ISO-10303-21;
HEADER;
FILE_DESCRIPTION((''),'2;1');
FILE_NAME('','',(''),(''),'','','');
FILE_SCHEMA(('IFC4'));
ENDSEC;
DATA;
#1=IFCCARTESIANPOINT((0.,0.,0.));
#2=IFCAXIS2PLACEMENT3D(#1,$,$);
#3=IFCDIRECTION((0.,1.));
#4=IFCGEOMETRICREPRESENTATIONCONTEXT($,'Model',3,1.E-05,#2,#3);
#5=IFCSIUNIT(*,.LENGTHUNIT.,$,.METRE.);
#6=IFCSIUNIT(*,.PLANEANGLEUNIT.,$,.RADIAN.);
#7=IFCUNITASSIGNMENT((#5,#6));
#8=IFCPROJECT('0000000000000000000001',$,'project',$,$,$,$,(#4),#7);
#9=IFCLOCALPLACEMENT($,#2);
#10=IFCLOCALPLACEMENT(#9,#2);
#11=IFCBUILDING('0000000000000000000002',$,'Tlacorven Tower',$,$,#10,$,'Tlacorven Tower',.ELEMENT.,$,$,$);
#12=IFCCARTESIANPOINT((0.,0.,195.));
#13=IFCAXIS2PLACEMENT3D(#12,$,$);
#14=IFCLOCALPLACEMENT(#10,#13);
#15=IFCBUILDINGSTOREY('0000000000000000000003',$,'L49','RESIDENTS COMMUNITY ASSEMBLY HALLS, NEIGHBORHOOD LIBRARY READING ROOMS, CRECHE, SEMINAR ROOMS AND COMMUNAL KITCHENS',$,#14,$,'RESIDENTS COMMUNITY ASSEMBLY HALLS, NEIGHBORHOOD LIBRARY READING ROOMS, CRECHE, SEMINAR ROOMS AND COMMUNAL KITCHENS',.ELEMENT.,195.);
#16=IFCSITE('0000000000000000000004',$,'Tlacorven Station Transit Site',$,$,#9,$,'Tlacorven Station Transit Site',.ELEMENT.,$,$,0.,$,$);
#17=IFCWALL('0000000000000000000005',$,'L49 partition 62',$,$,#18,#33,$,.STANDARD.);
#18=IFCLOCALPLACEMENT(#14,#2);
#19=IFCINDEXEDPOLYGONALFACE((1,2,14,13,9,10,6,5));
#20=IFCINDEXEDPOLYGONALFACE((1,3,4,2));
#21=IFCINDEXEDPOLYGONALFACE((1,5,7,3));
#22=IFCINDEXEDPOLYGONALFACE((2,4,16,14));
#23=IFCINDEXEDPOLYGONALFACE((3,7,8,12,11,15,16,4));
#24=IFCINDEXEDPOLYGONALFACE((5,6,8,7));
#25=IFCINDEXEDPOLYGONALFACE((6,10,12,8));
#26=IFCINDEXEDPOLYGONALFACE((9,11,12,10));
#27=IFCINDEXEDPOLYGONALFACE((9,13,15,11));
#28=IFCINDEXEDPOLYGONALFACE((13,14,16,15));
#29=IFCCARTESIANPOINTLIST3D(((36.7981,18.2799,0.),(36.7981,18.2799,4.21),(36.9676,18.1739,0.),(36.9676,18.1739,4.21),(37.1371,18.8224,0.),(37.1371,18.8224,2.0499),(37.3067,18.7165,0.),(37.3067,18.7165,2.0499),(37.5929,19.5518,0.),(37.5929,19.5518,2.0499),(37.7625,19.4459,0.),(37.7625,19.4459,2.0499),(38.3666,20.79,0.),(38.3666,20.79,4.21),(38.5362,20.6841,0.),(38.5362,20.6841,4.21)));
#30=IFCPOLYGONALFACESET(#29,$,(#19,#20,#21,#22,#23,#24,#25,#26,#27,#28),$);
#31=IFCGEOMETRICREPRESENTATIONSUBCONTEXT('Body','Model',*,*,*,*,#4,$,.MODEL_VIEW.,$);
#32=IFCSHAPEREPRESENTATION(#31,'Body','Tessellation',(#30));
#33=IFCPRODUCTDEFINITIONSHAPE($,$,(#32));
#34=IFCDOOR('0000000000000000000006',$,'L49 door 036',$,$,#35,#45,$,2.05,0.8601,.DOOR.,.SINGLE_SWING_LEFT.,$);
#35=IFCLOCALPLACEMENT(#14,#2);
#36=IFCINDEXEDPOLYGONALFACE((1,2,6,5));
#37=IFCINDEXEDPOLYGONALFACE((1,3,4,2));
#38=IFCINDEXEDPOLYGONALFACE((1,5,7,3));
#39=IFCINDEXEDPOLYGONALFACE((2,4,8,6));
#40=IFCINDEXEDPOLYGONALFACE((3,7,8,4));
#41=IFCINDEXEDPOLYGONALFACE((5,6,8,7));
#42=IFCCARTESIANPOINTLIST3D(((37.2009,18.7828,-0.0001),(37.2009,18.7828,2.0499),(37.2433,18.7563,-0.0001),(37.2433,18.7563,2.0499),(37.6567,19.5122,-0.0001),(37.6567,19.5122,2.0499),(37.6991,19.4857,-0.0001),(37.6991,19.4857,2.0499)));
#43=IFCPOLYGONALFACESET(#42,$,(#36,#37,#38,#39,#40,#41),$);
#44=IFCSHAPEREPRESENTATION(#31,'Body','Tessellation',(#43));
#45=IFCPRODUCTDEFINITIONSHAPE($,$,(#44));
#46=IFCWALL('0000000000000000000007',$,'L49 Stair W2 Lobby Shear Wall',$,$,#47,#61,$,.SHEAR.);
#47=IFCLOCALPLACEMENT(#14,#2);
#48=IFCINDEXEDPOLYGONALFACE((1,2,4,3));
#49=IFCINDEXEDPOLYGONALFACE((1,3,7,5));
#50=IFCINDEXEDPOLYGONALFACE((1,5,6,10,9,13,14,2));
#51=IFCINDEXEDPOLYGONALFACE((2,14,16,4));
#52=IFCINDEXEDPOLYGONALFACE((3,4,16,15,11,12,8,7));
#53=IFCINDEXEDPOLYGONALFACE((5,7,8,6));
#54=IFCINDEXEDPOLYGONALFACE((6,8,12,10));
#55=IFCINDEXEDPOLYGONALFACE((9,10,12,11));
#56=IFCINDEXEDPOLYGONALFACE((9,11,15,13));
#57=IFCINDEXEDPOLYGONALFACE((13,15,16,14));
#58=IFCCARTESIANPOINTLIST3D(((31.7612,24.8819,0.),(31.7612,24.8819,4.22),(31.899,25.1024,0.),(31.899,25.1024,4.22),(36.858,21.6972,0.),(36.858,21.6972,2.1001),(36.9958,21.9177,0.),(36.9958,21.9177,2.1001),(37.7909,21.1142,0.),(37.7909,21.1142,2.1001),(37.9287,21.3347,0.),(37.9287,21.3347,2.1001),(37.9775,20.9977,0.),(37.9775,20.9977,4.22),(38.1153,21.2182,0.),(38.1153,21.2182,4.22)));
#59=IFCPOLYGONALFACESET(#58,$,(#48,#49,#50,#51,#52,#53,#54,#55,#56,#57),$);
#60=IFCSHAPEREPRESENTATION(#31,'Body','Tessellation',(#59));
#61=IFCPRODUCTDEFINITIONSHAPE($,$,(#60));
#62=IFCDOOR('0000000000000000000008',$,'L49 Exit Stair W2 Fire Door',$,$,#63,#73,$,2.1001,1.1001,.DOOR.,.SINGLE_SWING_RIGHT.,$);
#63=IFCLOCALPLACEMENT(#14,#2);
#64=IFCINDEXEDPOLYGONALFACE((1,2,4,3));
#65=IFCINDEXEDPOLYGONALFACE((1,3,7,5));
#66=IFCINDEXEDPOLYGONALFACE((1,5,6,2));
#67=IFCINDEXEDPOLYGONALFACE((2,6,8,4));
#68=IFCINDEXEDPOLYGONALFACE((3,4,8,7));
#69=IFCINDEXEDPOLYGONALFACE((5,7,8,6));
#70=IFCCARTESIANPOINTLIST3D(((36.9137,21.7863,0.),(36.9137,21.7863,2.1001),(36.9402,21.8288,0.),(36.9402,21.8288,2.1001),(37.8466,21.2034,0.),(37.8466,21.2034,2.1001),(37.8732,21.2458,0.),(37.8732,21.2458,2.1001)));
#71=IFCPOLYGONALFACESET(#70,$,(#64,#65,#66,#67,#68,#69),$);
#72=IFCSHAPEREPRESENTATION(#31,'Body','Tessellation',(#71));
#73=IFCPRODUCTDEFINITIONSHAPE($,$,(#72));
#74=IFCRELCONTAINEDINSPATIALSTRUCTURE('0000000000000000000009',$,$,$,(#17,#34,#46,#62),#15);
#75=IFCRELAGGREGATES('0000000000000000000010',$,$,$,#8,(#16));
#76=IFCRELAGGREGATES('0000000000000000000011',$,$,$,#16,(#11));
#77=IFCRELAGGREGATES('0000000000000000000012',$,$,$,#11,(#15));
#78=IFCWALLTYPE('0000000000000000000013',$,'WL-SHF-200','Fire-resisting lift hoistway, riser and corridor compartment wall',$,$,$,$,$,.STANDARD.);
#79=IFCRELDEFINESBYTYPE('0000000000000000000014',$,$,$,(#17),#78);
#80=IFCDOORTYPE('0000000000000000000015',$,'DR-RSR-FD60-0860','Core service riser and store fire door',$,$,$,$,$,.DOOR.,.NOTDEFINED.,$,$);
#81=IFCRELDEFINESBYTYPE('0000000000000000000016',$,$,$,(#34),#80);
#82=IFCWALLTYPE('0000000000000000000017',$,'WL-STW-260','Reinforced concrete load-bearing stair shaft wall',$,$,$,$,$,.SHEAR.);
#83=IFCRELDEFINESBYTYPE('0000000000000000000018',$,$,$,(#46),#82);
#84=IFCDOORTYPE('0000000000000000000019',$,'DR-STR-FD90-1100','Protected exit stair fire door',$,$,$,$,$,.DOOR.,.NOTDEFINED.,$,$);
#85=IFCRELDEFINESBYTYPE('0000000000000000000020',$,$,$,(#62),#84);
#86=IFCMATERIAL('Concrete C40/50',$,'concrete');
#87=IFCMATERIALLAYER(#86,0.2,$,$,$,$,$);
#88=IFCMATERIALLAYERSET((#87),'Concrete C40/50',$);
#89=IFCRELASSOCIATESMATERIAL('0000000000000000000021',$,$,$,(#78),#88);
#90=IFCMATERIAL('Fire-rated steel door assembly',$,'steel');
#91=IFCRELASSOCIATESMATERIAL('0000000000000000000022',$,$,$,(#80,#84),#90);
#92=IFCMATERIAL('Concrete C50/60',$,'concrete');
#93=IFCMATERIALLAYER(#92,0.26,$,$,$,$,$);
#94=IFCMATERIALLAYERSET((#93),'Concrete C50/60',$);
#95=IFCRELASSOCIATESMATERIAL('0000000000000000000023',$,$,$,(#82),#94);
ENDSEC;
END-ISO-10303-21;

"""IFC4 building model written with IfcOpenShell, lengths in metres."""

from ifc_helpers import new_model, si_unit, direction, frame, frame_2d, origin, place, context, subcontext, project, spatial, rectangle, extrude, source, transform, mapped, material, layer, layer_set, type_object, element, fill, save


model = new_model("IFC4")

# Units and contexts
model_context = context("Model", 3, precision=1e-05, world=origin(), true_north=direction((0.0, 1.0)))
body_context = subcontext(model_context, "Body", "Model", "MODEL_VIEW")
ifc_project = project(units=[si_unit("LENGTHUNIT", "METRE"), si_unit("PLANEANGLEUNIT", "RADIAN")], contexts=[model_context])

# Site, building, storey
site_placement = place(None, origin())
site = spatial("IfcSite", under=ifc_project, at=site_placement, Name="Tlacorven Station Transit Site", LongName="Tlacorven Station Transit Site", CompositionType="ELEMENT", RefElevation=0.0)
building_placement = place(site_placement, origin())
building = spatial("IfcBuilding", under=site, at=building_placement, Name="Tlacorven Tower", LongName="Tlacorven Tower", CompositionType="ELEMENT")
storey_placement = place(building_placement, frame((0.0, 0.0, 195.0)))
storey = spatial("IfcBuildingStorey", under=building, at=storey_placement, Name="L49", Description="RESIDENTS COMMUNITY ASSEMBLY HALLS, NEIGHBORHOOD LIBRARY READING ROOMS, CRECHE, SEMINAR ROOMS AND COMMUNAL KITCHENS", LongName="RESIDENTS COMMUNITY ASSEMBLY HALLS, NEIGHBORHOOD LIBRARY READING ROOMS, CRECHE, SEMINAR ROOMS AND COMMUNAL KITCHENS", CompositionType="ELEMENT", Elevation=195.0)

# Shared definitions
ifc_material_1 = material(Name="Fire-rated steel door assembly", Category="steel")

# Walls, openings, doors
ifc_material_2 = material(Name="Concrete C40/50", Category="concrete")
ifc_layer_1 = layer(ifc_material_2, 0.2)
ifc_layer_set_1 = layer_set([ifc_layer_1], Name="Concrete C40/50")
wall_type_1 = type_object("IfcWallType", Name="WL-SHF-200", Description="Fire-resisting lift hoistway, riser and corridor compartment wall", PredefinedType="STANDARD", material=ifc_layer_set_1)
wall_1_placement = place(storey_placement, frame((38.4514, 20.7371, 0.0), z_axis=(0.0, 0.0, 1.0), x_axis=(-0.529925, -0.848045, 0.0)))
wall_1 = element("IfcWall", 1, at=wall_1_placement, inside=storey, type_object=wall_type_1, Name="L49 partition 62", PredefinedType="STANDARD", context=body_context, shape_type="SweptSolid", body=[
    extrude(rectangle(XDim=2.96, YDim=0.2, at=frame_2d((1.48, 0.0))), origin(), (0.0, 0.0, 1.0), 4.21),
])
opening_1_placement = place(wall_1_placement, frame((1.46, 0.0, 0.0)))
opening_1 = element("IfcOpeningElement", 2, at=opening_1_placement, cuts=wall_1, PredefinedType="OPENING", context=body_context, shape_type="SweptSolid", body=[
    extrude(rectangle(XDim=0.8601, YDim=2.05, at=frame_2d((0.4302, 1.0249))), frame((0.0, 0.1099, 0.0), z_axis=(0.0, -1.0, 0.0), x_axis=(1.0, 0.0, 0.0)), (0.0, 0.0, 1.0), 0.22),
])
door_type_1 = type_object("IfcDoorType", Name="DR-RSR-FD60-0860", Description="Core service riser and store fire door", OperationType="NOTDEFINED", PredefinedType="DOOR", material=ifc_material_1)
shared_shape_1 = source(origin(), body_context, "Body", "SweptSolid", [
    extrude(rectangle(XDim=0.8601, YDim=2.05, at=frame_2d((0.4302, 1.0249))), frame((0.0, 0.0249, 0.0), z_axis=(0.0, -1.0, 0.0), x_axis=(1.0, 0.0, 0.0)), (0.0, 0.0, 1.0), 0.05),
])
door_1_placement = place(opening_1_placement, frame((0.8601, 0.0, 0.0), z_axis=(0.0, 0.0, 1.0), x_axis=(-1.0, 0.0, 0.0)))
door_1 = element("IfcDoor", 3, at=door_1_placement, inside=storey, type_object=door_type_1, Name="L49 door 036", OperationType="SINGLE_SWING_LEFT", OverallHeight=2.05, OverallWidth=0.8601, PredefinedType="DOOR", context=body_context, shape_type="MappedRepresentation", body=[
    mapped(shared_shape_1, transform((0.0, 0.0, 0.0), scale=1.0)),
])
fill(opening_1, door_1)
ifc_material_3 = material(Name="Concrete C50/60", Category="concrete")
ifc_layer_2 = layer(ifc_material_3, 0.26)
ifc_layer_set_2 = layer_set([ifc_layer_2], Name="Concrete C50/60")
wall_type_2 = type_object("IfcWallType", Name="WL-STW-260", Description="Reinforced concrete load-bearing stair shaft wall", PredefinedType="SHEAR", material=ifc_layer_set_2)
wall_2_placement = place(storey_placement, frame((38.0464, 21.1079, 0.0), z_axis=(0.0, 0.0, 1.0), x_axis=(-0.848054, 0.529909, 0.0)))
wall_2 = element("IfcWall", 4, at=wall_2_placement, inside=storey, type_object=wall_type_2, Name="L49 Stair W2 Lobby Shear Wall", PredefinedType="SHEAR", context=body_context, shape_type="SweptSolid", body=[
    extrude(rectangle(XDim=7.3301, YDim=0.26, at=frame_2d((3.665, 0.0))), origin(), (0.0, 0.0, 1.0), 4.22),
])
opening_2_placement = place(wall_2_placement, frame((0.22, 0.0, 0.0)))
opening_2 = element("IfcOpeningElement", 5, at=opening_2_placement, cuts=wall_2, PredefinedType="OPENING", context=body_context, shape_type="SweptSolid", body=[
    extrude(rectangle(XDim=1.1001, YDim=2.1001, at=frame_2d((0.55, 1.05))), frame((0.0, 0.1401, 0.0), z_axis=(0.0, -1.0, 0.0), x_axis=(1.0, 0.0, 0.0)), (0.0, 0.0, 1.0), 0.28),
])
door_type_2 = type_object("IfcDoorType", Name="DR-STR-FD90-1100", Description="Protected exit stair fire door", OperationType="NOTDEFINED", PredefinedType="DOOR", material=ifc_material_1)
shared_shape_2 = source(origin(), body_context, "Body", "SweptSolid", [
    extrude(rectangle(XDim=1.1001, YDim=2.1001, at=frame_2d((0.55, 1.05))), frame((0.0, 0.0249, 0.0), z_axis=(0.0, -1.0, 0.0), x_axis=(1.0, 0.0, 0.0)), (0.0, 0.0, 1.0), 0.05),
])
door_2_placement = place(opening_2_placement, origin())
door_2 = element("IfcDoor", 6, at=door_2_placement, inside=storey, type_object=door_type_2, Name="L49 Exit Stair W2 Fire Door", OperationType="SINGLE_SWING_RIGHT", OverallHeight=2.1001, OverallWidth=1.1001, PredefinedType="DOOR", context=body_context, shape_type="MappedRepresentation", body=[
    mapped(shared_shape_2, transform((0.0, 0.0, 0.0), scale=1.0)),
])
fill(opening_2, door_2)

save(model, "model.ifc")
